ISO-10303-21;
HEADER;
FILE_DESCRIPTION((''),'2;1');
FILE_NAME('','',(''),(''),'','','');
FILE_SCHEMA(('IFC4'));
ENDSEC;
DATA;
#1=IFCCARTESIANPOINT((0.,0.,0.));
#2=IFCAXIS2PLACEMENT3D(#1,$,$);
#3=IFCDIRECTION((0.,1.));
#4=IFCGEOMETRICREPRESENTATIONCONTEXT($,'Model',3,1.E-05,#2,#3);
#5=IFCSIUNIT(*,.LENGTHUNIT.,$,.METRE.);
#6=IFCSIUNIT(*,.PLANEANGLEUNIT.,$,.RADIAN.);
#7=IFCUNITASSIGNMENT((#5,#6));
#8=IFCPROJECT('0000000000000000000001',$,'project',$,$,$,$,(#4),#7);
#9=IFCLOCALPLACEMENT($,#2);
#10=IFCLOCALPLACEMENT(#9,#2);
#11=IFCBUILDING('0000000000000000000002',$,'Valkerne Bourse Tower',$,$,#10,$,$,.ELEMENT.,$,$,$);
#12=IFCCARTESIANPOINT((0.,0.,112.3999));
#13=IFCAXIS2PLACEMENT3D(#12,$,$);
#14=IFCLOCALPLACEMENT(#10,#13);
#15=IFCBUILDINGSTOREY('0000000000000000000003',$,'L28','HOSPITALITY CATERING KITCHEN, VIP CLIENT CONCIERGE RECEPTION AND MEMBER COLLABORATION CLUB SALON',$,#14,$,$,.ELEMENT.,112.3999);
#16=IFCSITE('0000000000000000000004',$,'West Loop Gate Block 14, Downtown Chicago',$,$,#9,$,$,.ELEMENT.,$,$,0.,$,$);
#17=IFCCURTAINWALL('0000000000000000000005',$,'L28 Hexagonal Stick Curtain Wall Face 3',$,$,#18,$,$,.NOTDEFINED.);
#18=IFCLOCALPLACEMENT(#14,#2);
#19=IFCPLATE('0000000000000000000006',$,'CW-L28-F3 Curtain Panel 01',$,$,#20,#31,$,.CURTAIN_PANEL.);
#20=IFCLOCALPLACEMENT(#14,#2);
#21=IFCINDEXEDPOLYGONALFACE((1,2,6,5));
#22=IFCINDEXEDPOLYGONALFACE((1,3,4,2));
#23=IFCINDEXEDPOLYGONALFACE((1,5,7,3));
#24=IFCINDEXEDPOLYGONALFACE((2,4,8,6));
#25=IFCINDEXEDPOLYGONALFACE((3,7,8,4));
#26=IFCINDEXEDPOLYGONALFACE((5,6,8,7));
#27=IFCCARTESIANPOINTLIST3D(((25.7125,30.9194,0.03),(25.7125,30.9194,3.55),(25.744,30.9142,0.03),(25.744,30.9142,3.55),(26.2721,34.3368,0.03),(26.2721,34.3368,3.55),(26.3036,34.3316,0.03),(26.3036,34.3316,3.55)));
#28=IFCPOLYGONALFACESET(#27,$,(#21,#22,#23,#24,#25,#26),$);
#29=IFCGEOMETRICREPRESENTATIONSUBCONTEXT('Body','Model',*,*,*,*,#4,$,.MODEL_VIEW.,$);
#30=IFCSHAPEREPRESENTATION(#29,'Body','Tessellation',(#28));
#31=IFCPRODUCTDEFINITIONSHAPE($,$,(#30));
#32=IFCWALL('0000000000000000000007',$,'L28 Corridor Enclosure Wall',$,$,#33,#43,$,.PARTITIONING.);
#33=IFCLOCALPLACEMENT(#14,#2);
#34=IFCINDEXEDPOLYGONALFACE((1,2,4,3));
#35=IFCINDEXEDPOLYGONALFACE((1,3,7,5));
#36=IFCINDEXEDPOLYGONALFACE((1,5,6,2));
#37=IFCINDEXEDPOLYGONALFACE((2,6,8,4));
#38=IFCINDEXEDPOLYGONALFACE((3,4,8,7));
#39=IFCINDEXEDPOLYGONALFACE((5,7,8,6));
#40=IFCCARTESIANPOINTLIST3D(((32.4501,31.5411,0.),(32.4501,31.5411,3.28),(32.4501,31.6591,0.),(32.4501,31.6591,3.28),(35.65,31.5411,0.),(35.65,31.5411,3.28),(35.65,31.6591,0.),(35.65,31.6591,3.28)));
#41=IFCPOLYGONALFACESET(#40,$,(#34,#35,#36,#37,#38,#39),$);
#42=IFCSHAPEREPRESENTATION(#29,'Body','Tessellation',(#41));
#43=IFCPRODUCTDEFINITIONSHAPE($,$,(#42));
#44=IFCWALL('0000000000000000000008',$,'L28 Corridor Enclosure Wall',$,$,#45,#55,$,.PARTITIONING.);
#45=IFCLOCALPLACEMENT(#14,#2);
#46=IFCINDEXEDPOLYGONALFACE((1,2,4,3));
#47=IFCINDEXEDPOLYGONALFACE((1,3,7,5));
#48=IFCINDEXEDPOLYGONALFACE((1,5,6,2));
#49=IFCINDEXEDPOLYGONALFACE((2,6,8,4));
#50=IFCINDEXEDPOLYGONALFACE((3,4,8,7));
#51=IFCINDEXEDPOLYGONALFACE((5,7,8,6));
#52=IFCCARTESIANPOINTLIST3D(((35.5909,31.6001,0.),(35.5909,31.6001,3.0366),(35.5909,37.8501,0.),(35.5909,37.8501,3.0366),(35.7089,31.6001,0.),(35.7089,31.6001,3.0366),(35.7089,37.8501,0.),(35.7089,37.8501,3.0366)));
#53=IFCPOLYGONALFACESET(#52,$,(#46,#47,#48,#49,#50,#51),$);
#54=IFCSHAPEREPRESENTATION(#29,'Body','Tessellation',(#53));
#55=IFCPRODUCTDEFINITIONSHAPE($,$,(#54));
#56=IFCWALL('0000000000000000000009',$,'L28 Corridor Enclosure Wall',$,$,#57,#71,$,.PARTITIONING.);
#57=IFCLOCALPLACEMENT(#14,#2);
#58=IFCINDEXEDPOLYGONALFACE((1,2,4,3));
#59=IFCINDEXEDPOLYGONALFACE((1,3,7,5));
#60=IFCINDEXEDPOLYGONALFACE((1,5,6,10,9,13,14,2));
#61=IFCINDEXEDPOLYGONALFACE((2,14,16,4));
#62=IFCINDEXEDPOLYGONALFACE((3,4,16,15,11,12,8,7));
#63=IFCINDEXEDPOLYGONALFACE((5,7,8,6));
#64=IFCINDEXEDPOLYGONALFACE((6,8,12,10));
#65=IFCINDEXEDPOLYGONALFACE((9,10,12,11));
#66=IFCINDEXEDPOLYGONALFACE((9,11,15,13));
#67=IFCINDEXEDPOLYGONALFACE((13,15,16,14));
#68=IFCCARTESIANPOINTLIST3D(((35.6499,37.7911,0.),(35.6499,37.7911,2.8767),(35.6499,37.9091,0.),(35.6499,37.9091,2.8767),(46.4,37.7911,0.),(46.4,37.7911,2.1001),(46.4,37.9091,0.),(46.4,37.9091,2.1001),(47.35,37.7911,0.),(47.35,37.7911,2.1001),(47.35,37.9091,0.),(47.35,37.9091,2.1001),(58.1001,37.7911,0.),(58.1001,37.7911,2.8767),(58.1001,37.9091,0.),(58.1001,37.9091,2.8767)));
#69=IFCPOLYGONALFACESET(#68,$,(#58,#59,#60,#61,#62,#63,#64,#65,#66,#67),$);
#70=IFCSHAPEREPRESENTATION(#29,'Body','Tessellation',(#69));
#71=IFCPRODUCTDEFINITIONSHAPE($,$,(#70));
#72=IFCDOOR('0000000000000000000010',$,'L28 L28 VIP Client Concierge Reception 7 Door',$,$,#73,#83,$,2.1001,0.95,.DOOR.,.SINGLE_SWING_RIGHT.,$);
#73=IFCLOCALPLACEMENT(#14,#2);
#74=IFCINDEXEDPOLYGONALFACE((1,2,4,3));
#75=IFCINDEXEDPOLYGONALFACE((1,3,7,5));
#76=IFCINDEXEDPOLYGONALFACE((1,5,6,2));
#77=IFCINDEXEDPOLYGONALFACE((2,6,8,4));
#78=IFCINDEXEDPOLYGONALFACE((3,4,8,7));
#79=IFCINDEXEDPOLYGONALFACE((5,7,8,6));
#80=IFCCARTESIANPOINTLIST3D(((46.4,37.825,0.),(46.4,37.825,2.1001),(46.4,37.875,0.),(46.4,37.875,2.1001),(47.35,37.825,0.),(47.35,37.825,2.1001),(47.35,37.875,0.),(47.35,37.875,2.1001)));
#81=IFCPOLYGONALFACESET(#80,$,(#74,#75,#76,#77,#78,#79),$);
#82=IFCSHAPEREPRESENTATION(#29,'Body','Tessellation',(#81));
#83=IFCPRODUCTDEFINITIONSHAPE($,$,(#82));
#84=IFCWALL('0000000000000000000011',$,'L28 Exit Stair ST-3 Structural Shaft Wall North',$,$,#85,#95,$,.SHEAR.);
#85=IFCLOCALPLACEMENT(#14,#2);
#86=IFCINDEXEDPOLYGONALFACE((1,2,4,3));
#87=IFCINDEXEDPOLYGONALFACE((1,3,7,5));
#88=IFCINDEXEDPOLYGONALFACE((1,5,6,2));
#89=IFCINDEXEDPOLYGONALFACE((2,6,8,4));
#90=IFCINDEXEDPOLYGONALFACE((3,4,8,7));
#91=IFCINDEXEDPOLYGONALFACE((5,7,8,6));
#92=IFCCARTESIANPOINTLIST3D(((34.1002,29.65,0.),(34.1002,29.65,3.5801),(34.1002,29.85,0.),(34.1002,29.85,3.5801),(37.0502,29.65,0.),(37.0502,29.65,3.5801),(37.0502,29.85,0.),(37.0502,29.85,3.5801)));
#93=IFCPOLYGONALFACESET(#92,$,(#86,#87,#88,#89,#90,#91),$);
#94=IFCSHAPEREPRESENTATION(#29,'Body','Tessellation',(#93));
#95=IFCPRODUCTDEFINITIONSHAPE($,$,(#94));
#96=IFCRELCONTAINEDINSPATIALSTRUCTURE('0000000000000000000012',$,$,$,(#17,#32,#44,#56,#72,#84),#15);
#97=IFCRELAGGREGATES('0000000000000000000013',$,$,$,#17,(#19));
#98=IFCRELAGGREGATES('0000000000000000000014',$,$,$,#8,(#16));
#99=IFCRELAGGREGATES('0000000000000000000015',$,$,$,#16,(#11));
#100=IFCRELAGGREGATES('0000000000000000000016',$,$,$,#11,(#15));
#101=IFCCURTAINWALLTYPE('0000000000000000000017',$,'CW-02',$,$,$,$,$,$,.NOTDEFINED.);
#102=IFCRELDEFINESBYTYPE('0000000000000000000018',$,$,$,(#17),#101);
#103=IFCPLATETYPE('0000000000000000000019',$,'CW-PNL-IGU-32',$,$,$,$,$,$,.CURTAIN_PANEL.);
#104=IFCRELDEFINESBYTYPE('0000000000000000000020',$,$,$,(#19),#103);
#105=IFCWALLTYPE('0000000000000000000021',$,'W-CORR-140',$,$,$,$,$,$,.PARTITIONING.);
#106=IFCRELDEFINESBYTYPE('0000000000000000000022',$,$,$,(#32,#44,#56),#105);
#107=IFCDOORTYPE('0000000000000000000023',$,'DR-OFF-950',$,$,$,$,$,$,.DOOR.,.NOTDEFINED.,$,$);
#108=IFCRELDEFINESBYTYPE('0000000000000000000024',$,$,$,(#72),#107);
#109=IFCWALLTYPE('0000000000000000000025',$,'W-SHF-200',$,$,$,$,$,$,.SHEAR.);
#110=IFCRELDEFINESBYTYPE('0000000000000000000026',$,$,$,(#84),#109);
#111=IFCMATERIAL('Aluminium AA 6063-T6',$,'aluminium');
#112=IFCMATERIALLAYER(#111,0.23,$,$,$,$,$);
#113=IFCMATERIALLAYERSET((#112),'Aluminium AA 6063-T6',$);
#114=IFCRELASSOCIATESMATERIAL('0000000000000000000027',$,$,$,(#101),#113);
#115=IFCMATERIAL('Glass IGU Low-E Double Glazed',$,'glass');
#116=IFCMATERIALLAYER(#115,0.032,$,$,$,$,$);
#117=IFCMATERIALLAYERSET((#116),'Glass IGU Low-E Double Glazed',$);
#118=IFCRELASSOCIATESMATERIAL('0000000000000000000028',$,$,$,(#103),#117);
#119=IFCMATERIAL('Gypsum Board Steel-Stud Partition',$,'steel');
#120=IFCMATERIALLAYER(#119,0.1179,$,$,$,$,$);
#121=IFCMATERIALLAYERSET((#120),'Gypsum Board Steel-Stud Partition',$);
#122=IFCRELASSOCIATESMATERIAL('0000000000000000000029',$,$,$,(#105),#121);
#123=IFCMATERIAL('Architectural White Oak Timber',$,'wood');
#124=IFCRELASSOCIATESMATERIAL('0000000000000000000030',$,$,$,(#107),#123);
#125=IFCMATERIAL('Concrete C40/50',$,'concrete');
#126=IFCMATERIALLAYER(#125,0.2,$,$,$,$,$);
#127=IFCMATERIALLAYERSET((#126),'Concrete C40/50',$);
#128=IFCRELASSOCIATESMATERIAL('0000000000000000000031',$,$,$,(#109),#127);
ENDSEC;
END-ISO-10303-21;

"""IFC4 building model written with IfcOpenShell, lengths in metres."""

from ifc_helpers import new_model, si_unit, direction, frame, frame_2d, origin, origin_2d, place, context, subcontext, project, spatial, rectangle, extrude, material, layer, layer_set, type_object, element, fill, aggregate, save


model = new_model("IFC4")

# Units and contexts
model_context = context("Model", 3, precision=1e-05, world=origin(), true_north=direction((0.0, 1.0)))
body_context = subcontext(model_context, "Body", "Model", "MODEL_VIEW")
ifc_project = project(units=[si_unit("LENGTHUNIT", "METRE"), si_unit("PLANEANGLEUNIT", "RADIAN")], contexts=[model_context])

# Site, building, storey
site_placement = place(None, origin())
site = spatial("IfcSite", under=ifc_project, at=site_placement, Name="West Loop Gate Block 14, Downtown Chicago", CompositionType="ELEMENT", RefElevation=0.0)
building_placement = place(site_placement, origin())
building = spatial("IfcBuilding", under=site, at=building_placement, Name="Valkerne Bourse Tower", CompositionType="ELEMENT")
storey_placement = place(building_placement, frame((0.0, 0.0, 112.3999)))
storey = spatial("IfcBuildingStorey", under=building, at=storey_placement, Name="L28", Description="HOSPITALITY CATERING KITCHEN, VIP CLIENT CONCIERGE RECEPTION AND MEMBER COLLABORATION CLUB SALON", CompositionType="ELEMENT", Elevation=112.3999)

# Curtain wall
ifc_material_1 = material(Name="Aluminium AA 6063-T6", Category="aluminium")
ifc_layer_1 = layer(ifc_material_1, 0.23)
ifc_layer_set_1 = layer_set([ifc_layer_1], Name="Aluminium AA 6063-T6")
curtain_wall_type = type_object("IfcCurtainWallType", Name="CW-02", PredefinedType="NOTDEFINED", material=ifc_layer_set_1)
curtain_wall_placement = place(storey_placement, origin())
curtain_wall = element("IfcCurtainWall", 1, at=curtain_wall_placement, inside=storey, type_object=curtain_wall_type, Name="L28 Hexagonal Stick Curtain Wall Face 3", PredefinedType="NOTDEFINED")

# Plate
ifc_material_2 = material(Name="Glass IGU Low-E Double Glazed", Category="glass")
ifc_layer_2 = layer(ifc_material_2, 0.032)
ifc_layer_set_2 = layer_set([ifc_layer_2], Name="Glass IGU Low-E Double Glazed")
plate_type = type_object("IfcPlateType", Name="CW-PNL-IGU-32", PredefinedType="CURTAIN_PANEL", material=ifc_layer_set_2)
plate_1_placement = place(storey_placement, frame((26.0081, 32.6255, 0.03), z_axis=(0.0, 0.0, 1.0), x_axis=(-0.161605, -0.986856, 0.0)))
plate_1 = element("IfcPlate", 2, at=plate_1_placement, type_object=plate_type, Name="CW-L28-F3 Curtain Panel 01", PredefinedType="CURTAIN_PANEL", context=body_context, shape_type="SweptSolid", body=[
    extrude(rectangle(XDim=3.4629, YDim=0.032, at=origin_2d()), origin(), (0.0, 0.0, 1.0), 3.52),
])
aggregate(curtain_wall, [plate_1])

# Walls
ifc_material_3 = material(Name="Gypsum Board Steel-Stud Partition", Category="steel")
ifc_layer_3 = layer(ifc_material_3, 0.1179)
ifc_layer_set_3 = layer_set([ifc_layer_3], Name="Gypsum Board Steel-Stud Partition")
wall_type_1 = type_object("IfcWallType", Name="W-CORR-140", PredefinedType="PARTITIONING", material=ifc_layer_set_3)
wall_1_placement = place(storey_placement, frame((32.45, 31.6001, 0.0), z_axis=(0.0, 0.0, 1.0), x_axis=(1.0, 0.0, 0.0)))
element("IfcWall", 3, at=wall_1_placement, inside=storey, type_object=wall_type_1, Name="L28 Corridor Enclosure Wall", PredefinedType="PARTITIONING", context=body_context, shape_type="SweptSolid", body=[
    extrude(rectangle(XDim=3.2, YDim=0.1179, at=frame_2d((1.6001, 0.0))), origin(), (0.0, 0.0, 1.0), 3.28),
])
wall_2_placement = place(storey_placement, frame((35.6499, 31.6001, 0.0), z_axis=(0.0, 0.0, 1.0), x_axis=(0.0, 1.0, 0.0)))
element("IfcWall", 4, at=wall_2_placement, inside=storey, type_object=wall_type_1, Name="L28 Corridor Enclosure Wall", PredefinedType="PARTITIONING", context=body_context, shape_type="SweptSolid", body=[
    extrude(rectangle(XDim=6.25, YDim=0.1179, at=frame_2d((3.125, 0.0))), origin(), (0.0, 0.0, 1.0), 3.0366),
])

# Wall, opening, door
wall_3_placement = place(storey_placement, frame((35.6499, 37.8501, 0.0), z_axis=(0.0, 0.0, 1.0), x_axis=(1.0, 0.0, 0.0)))
wall_3 = element("IfcWall", 5, at=wall_3_placement, inside=storey, type_object=wall_type_1, Name="L28 Corridor Enclosure Wall", PredefinedType="PARTITIONING", context=body_context, shape_type="SweptSolid", body=[
    extrude(rectangle(XDim=22.4502, YDim=0.1179, at=frame_2d((11.2251, 0.0))), origin(), (0.0, 0.0, 1.0), 2.8767),
])
opening_1_placement = place(wall_3_placement, frame((10.75, 0.0, 0.0)))
opening_1 = element("IfcOpeningElement", 6, at=opening_1_placement, cuts=wall_3, PredefinedType="OPENING", context=body_context, shape_type="SweptSolid", body=[
    extrude(rectangle(XDim=0.95, YDim=2.1001, at=frame_2d((0.4751, 1.05))), frame((0.0, 0.0688, 0.0), z_axis=(0.0, -1.0, 0.0), x_axis=(1.0, 0.0, 0.0)), (0.0, 0.0, 1.0), 0.1379),
])
ifc_material_4 = material(Name="Architectural White Oak Timber", Category="wood")
door_type_1 = type_object("IfcDoorType", Name="DR-OFF-950", OperationType="NOTDEFINED", PredefinedType="DOOR", material=ifc_material_4)
door_1_placement = place(opening_1_placement, origin())
door_1 = element("IfcDoor", 7, at=door_1_placement, inside=storey, type_object=door_type_1, Name="L28 L28 VIP Client Concierge Reception 7 Door", OperationType="SINGLE_SWING_RIGHT", OverallHeight=2.1001, OverallWidth=0.95, PredefinedType="DOOR", context=body_context, shape_type="SweptSolid", body=[
    extrude(rectangle(XDim=0.95, YDim=2.1001, at=frame_2d((0.4751, 1.05))), frame((0.0, 0.0249, 0.0), z_axis=(0.0, -1.0, 0.0), x_axis=(1.0, 0.0, 0.0)), (0.0, 0.0, 1.0), 0.05),
])
fill(opening_1, door_1)

# Wall
ifc_material_5 = material(Name="Concrete C40/50", Category="concrete")
ifc_layer_4 = layer(ifc_material_5, 0.2)
ifc_layer_set_4 = layer_set([ifc_layer_4], Name="Concrete C40/50")
wall_type_2 = type_object("IfcWallType", Name="W-SHF-200", PredefinedType="SHEAR", material=ifc_layer_set_4)
wall_4_placement = place(storey_placement, frame((34.1001, 29.75, 0.0), z_axis=(0.0, 0.0, 1.0), x_axis=(1.0, 0.0, 0.0)))
element("IfcWall", 8, at=wall_4_placement, inside=storey, type_object=wall_type_2, Name="L28 Exit Stair ST-3 Structural Shaft Wall North", PredefinedType="SHEAR", context=body_context, shape_type="SweptSolid", body=[
    extrude(rectangle(XDim=2.95, YDim=0.2, at=frame_2d((1.4751, 0.0))), origin(), (0.0, 0.0, 1.0), 3.5801),
])

save(model, "model.ifc")
